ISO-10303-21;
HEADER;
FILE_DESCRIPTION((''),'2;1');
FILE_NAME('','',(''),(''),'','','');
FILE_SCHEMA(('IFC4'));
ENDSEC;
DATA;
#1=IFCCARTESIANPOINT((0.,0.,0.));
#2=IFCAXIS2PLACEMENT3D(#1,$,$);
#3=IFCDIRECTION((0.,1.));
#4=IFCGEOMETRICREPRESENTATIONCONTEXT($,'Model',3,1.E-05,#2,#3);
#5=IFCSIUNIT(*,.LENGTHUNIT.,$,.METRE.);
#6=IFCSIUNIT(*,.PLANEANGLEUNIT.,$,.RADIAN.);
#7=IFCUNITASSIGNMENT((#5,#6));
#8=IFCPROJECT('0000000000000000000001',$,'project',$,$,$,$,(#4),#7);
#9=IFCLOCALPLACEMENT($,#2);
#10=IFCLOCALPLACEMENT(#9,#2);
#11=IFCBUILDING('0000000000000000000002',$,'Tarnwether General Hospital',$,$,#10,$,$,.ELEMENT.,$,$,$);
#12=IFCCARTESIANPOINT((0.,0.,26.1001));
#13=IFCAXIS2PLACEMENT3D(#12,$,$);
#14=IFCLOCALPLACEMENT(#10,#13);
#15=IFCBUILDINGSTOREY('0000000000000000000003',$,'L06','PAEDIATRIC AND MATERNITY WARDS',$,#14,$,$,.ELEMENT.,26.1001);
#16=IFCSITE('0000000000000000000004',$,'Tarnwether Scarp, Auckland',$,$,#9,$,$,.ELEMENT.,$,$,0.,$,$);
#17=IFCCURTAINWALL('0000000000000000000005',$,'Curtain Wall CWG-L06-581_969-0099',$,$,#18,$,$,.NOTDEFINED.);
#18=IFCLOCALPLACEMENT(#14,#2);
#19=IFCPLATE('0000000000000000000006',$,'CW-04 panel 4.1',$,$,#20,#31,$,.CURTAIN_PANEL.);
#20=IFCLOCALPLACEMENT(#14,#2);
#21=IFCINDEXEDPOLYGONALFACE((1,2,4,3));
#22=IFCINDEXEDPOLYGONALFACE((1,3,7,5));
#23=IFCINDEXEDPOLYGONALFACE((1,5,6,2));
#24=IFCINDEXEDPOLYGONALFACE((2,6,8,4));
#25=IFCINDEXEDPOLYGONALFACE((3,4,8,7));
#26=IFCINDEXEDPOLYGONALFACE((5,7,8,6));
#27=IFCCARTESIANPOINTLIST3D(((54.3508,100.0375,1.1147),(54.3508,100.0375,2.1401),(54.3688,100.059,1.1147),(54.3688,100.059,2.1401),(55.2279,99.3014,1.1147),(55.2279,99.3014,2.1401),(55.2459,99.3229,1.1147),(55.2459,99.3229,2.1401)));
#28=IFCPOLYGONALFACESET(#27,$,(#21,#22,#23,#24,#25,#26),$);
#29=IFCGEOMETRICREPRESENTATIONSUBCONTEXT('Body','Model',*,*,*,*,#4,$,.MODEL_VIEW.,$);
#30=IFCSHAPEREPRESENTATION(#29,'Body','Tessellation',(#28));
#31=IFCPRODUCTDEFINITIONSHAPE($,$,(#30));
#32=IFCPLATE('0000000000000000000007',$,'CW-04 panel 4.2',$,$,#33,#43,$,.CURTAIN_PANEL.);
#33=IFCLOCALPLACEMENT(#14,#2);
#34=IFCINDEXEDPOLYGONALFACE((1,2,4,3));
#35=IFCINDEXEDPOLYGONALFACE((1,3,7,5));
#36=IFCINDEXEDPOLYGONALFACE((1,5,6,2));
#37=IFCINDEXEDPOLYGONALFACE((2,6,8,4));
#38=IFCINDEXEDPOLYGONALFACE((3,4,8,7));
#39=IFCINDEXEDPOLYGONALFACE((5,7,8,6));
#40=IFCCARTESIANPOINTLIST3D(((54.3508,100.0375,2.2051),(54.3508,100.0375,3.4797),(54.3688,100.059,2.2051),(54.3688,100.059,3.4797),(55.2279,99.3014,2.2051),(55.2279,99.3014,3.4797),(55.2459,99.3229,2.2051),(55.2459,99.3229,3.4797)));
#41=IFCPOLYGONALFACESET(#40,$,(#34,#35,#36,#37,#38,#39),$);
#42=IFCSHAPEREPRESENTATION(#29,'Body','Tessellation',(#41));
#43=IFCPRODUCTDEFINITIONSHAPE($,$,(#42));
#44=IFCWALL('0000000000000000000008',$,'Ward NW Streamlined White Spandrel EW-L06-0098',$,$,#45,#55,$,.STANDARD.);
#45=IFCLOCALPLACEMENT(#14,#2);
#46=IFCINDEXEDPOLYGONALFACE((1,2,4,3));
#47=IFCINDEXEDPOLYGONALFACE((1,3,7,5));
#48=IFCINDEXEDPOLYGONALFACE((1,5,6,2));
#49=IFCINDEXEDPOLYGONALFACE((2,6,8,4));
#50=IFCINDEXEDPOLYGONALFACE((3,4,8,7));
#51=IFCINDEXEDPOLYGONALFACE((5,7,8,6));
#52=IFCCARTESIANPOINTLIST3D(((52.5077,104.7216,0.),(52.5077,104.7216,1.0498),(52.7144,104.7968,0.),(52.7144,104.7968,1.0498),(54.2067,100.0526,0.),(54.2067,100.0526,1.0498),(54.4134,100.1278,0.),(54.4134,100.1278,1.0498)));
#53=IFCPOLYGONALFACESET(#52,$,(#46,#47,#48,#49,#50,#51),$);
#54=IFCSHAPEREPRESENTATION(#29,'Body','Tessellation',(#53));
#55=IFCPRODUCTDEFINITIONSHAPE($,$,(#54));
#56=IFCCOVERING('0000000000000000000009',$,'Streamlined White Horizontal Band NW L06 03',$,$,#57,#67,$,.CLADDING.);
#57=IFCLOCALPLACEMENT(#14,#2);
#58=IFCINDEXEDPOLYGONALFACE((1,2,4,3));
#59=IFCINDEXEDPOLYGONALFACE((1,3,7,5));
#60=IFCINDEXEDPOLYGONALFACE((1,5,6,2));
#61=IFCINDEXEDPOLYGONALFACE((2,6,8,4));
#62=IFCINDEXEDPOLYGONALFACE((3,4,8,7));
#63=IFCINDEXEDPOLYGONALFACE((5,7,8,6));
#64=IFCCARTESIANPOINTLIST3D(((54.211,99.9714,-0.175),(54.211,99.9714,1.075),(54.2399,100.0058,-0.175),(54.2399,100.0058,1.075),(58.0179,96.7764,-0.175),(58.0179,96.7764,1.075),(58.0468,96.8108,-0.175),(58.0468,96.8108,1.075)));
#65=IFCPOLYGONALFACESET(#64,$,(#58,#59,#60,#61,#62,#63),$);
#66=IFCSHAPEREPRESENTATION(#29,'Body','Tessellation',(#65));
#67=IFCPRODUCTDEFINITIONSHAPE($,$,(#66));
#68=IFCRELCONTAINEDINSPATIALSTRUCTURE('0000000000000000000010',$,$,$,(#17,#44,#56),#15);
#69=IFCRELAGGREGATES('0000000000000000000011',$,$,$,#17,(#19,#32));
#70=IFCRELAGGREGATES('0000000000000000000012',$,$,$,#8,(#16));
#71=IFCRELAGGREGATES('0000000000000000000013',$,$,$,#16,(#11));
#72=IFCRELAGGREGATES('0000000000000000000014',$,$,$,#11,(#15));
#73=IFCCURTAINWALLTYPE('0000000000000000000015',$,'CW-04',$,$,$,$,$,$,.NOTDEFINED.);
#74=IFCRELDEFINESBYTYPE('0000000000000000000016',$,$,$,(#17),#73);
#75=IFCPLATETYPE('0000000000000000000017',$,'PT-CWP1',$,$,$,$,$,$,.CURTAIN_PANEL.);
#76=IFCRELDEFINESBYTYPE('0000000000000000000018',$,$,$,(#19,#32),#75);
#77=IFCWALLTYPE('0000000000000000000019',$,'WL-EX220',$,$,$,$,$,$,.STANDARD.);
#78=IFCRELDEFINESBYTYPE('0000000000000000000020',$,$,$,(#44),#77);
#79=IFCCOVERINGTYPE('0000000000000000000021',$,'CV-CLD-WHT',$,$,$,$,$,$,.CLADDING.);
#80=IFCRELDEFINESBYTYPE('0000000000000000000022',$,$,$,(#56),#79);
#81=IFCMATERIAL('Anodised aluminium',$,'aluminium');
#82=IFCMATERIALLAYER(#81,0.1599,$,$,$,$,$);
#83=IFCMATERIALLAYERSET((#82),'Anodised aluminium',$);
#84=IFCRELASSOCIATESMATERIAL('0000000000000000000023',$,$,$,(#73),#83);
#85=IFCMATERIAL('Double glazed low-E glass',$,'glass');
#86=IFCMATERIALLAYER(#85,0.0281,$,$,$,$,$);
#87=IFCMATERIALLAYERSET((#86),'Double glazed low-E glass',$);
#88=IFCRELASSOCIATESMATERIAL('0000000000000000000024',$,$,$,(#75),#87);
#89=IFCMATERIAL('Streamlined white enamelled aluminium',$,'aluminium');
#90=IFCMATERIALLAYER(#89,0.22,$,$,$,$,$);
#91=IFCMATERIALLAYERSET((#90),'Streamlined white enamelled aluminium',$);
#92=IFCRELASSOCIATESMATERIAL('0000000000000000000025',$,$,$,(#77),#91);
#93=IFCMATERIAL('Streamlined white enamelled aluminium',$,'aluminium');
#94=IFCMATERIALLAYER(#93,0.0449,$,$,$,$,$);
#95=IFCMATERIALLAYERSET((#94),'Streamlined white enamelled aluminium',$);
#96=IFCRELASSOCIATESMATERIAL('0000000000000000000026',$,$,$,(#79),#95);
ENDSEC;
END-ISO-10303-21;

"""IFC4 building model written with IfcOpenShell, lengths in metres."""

from ifc_helpers import new_model, si_unit, direction, frame, frame_2d, origin, origin_2d, place, context, subcontext, project, spatial, rectangle, extrude, material, layer, layer_set, type_object, element, aggregate, save


model = new_model("IFC4")

# Units and contexts
model_context = context("Model", 3, precision=1e-05, world=origin(), true_north=direction((0.0, 1.0)))
body_context = subcontext(model_context, "Body", "Model", "MODEL_VIEW")
ifc_project = project(units=[si_unit("LENGTHUNIT", "METRE"), si_unit("PLANEANGLEUNIT", "RADIAN")], contexts=[model_context])

# Site, building, storey
site_placement = place(None, origin())
site = spatial("IfcSite", under=ifc_project, at=site_placement, Name="Tarnwether Scarp, Auckland", CompositionType="ELEMENT", RefElevation=0.0)
building_placement = place(site_placement, origin())
building = spatial("IfcBuilding", under=site, at=building_placement, Name="Tarnwether General Hospital", CompositionType="ELEMENT")
storey_placement = place(building_placement, frame((0.0, 0.0, 26.1001)))
storey = spatial("IfcBuildingStorey", under=building, at=storey_placement, Name="L06", Description="PAEDIATRIC AND MATERNITY WARDS", CompositionType="ELEMENT", Elevation=26.1001)

# Shared definitions
ifc_material_1 = material(Name="Anodised aluminium", Category="aluminium")
ifc_layer_1 = layer(ifc_material_1, 0.1599)
ifc_layer_set_1 = layer_set([ifc_layer_1], Name="Anodised aluminium")
curtain_wall_type = type_object("IfcCurtainWallType", Name="CW-04", PredefinedType="NOTDEFINED", material=ifc_layer_set_1)

# Curtain wall
curtain_wall_1_placement = place(storey_placement, origin())
curtain_wall_1 = element("IfcCurtainWall", 1, at=curtain_wall_1_placement, inside=storey, type_object=curtain_wall_type, Name="Curtain Wall CWG-L06-581_969-0099", PredefinedType="NOTDEFINED")

# Plates
ifc_material_2 = material(Name="Double glazed low-E glass", Category="glass")
ifc_layer_2 = layer(ifc_material_2, 0.0281)
ifc_layer_set_2 = layer_set([ifc_layer_2], Name="Double glazed low-E glass")
plate_type = type_object("IfcPlateType", Name="PT-CWP1", PredefinedType="CURTAIN_PANEL", material=ifc_layer_set_2)
plate_1_placement = place(storey_placement, frame((54.7983, 99.6802, 1.1147), z_axis=(0.0, 0.0, 1.0), x_axis=(-0.76599, 0.642852, 0.0)))
plate_1 = element("IfcPlate", 2, at=plate_1_placement, type_object=plate_type, Name="CW-04 panel 4.1", PredefinedType="CURTAIN_PANEL", context=body_context, shape_type="SweptSolid", body=[
    extrude(rectangle(XDim=1.145, YDim=0.0281, at=origin_2d()), origin(), (0.0, 0.0, 1.0), 1.0254),
])
plate_2_placement = place(storey_placement, frame((54.7983, 99.6802, 2.2051), z_axis=(0.0, 0.0, 1.0), x_axis=(-0.76599, 0.642852, 0.0)))
plate_2 = element("IfcPlate", 3, at=plate_2_placement, type_object=plate_type, Name="CW-04 panel 4.2", PredefinedType="CURTAIN_PANEL", context=body_context, shape_type="SweptSolid", body=[
    extrude(rectangle(XDim=1.145, YDim=0.0281, at=origin_2d()), origin(), (0.0, 0.0, 1.0), 1.2747),
])
aggregate(curtain_wall_1, [plate_1, plate_2])

# Wall
ifc_material_3 = material(Name="Streamlined white enamelled aluminium", Category="aluminium")
ifc_layer_3 = layer(ifc_material_3, 0.22)
ifc_layer_set_3 = layer_set([ifc_layer_3], Name="Streamlined white enamelled aluminium")
wall_type = type_object("IfcWallType", Name="WL-EX220", PredefinedType="STANDARD", material=ifc_layer_set_3)
wall_placement = place(storey_placement, frame((54.3101, 100.0901, 0.0), z_axis=(0.0, 0.0, 1.0), x_axis=(-0.341952, 0.939717, 0.0)))
element("IfcWall", 4, at=wall_placement, inside=storey, type_object=wall_type, Name="Ward NW Streamlined White Spandrel EW-L06-0098", PredefinedType="STANDARD", context=body_context, shape_type="SweptSolid", body=[
    extrude(rectangle(XDim=4.9685, YDim=0.22, at=frame_2d((2.4844, 0.0))), origin(), (0.0, 0.0, 1.0), 1.0498),
])

# Covering
ifc_material_4 = material(Name="Streamlined white enamelled aluminium", Category="aluminium")
ifc_layer_4 = layer(ifc_material_4, 0.0449)
ifc_layer_set_4 = layer_set([ifc_layer_4], Name="Streamlined white enamelled aluminium")
covering_type = type_object("IfcCoveringType", Name="CV-CLD-WHT", PredefinedType="CLADDING", material=ifc_layer_set_4)
covering_placement = place(storey_placement, frame((56.1289, 98.3911, -0.175), z_axis=(0.0, 0.0, 1.0), x_axis=(-0.765988, 0.642854, 0.0)))
element("IfcCovering", 5, at=covering_placement, inside=storey, type_object=covering_type, Name="Streamlined White Horizontal Band NW L06 03", PredefinedType="CLADDING", context=body_context, shape_type="SweptSolid", body=[
    extrude(rectangle(XDim=4.97, YDim=0.0449, at=origin_2d()), origin(), (0.0, 0.0, 1.0), 1.25),
])

save(model, "model.ifc")
